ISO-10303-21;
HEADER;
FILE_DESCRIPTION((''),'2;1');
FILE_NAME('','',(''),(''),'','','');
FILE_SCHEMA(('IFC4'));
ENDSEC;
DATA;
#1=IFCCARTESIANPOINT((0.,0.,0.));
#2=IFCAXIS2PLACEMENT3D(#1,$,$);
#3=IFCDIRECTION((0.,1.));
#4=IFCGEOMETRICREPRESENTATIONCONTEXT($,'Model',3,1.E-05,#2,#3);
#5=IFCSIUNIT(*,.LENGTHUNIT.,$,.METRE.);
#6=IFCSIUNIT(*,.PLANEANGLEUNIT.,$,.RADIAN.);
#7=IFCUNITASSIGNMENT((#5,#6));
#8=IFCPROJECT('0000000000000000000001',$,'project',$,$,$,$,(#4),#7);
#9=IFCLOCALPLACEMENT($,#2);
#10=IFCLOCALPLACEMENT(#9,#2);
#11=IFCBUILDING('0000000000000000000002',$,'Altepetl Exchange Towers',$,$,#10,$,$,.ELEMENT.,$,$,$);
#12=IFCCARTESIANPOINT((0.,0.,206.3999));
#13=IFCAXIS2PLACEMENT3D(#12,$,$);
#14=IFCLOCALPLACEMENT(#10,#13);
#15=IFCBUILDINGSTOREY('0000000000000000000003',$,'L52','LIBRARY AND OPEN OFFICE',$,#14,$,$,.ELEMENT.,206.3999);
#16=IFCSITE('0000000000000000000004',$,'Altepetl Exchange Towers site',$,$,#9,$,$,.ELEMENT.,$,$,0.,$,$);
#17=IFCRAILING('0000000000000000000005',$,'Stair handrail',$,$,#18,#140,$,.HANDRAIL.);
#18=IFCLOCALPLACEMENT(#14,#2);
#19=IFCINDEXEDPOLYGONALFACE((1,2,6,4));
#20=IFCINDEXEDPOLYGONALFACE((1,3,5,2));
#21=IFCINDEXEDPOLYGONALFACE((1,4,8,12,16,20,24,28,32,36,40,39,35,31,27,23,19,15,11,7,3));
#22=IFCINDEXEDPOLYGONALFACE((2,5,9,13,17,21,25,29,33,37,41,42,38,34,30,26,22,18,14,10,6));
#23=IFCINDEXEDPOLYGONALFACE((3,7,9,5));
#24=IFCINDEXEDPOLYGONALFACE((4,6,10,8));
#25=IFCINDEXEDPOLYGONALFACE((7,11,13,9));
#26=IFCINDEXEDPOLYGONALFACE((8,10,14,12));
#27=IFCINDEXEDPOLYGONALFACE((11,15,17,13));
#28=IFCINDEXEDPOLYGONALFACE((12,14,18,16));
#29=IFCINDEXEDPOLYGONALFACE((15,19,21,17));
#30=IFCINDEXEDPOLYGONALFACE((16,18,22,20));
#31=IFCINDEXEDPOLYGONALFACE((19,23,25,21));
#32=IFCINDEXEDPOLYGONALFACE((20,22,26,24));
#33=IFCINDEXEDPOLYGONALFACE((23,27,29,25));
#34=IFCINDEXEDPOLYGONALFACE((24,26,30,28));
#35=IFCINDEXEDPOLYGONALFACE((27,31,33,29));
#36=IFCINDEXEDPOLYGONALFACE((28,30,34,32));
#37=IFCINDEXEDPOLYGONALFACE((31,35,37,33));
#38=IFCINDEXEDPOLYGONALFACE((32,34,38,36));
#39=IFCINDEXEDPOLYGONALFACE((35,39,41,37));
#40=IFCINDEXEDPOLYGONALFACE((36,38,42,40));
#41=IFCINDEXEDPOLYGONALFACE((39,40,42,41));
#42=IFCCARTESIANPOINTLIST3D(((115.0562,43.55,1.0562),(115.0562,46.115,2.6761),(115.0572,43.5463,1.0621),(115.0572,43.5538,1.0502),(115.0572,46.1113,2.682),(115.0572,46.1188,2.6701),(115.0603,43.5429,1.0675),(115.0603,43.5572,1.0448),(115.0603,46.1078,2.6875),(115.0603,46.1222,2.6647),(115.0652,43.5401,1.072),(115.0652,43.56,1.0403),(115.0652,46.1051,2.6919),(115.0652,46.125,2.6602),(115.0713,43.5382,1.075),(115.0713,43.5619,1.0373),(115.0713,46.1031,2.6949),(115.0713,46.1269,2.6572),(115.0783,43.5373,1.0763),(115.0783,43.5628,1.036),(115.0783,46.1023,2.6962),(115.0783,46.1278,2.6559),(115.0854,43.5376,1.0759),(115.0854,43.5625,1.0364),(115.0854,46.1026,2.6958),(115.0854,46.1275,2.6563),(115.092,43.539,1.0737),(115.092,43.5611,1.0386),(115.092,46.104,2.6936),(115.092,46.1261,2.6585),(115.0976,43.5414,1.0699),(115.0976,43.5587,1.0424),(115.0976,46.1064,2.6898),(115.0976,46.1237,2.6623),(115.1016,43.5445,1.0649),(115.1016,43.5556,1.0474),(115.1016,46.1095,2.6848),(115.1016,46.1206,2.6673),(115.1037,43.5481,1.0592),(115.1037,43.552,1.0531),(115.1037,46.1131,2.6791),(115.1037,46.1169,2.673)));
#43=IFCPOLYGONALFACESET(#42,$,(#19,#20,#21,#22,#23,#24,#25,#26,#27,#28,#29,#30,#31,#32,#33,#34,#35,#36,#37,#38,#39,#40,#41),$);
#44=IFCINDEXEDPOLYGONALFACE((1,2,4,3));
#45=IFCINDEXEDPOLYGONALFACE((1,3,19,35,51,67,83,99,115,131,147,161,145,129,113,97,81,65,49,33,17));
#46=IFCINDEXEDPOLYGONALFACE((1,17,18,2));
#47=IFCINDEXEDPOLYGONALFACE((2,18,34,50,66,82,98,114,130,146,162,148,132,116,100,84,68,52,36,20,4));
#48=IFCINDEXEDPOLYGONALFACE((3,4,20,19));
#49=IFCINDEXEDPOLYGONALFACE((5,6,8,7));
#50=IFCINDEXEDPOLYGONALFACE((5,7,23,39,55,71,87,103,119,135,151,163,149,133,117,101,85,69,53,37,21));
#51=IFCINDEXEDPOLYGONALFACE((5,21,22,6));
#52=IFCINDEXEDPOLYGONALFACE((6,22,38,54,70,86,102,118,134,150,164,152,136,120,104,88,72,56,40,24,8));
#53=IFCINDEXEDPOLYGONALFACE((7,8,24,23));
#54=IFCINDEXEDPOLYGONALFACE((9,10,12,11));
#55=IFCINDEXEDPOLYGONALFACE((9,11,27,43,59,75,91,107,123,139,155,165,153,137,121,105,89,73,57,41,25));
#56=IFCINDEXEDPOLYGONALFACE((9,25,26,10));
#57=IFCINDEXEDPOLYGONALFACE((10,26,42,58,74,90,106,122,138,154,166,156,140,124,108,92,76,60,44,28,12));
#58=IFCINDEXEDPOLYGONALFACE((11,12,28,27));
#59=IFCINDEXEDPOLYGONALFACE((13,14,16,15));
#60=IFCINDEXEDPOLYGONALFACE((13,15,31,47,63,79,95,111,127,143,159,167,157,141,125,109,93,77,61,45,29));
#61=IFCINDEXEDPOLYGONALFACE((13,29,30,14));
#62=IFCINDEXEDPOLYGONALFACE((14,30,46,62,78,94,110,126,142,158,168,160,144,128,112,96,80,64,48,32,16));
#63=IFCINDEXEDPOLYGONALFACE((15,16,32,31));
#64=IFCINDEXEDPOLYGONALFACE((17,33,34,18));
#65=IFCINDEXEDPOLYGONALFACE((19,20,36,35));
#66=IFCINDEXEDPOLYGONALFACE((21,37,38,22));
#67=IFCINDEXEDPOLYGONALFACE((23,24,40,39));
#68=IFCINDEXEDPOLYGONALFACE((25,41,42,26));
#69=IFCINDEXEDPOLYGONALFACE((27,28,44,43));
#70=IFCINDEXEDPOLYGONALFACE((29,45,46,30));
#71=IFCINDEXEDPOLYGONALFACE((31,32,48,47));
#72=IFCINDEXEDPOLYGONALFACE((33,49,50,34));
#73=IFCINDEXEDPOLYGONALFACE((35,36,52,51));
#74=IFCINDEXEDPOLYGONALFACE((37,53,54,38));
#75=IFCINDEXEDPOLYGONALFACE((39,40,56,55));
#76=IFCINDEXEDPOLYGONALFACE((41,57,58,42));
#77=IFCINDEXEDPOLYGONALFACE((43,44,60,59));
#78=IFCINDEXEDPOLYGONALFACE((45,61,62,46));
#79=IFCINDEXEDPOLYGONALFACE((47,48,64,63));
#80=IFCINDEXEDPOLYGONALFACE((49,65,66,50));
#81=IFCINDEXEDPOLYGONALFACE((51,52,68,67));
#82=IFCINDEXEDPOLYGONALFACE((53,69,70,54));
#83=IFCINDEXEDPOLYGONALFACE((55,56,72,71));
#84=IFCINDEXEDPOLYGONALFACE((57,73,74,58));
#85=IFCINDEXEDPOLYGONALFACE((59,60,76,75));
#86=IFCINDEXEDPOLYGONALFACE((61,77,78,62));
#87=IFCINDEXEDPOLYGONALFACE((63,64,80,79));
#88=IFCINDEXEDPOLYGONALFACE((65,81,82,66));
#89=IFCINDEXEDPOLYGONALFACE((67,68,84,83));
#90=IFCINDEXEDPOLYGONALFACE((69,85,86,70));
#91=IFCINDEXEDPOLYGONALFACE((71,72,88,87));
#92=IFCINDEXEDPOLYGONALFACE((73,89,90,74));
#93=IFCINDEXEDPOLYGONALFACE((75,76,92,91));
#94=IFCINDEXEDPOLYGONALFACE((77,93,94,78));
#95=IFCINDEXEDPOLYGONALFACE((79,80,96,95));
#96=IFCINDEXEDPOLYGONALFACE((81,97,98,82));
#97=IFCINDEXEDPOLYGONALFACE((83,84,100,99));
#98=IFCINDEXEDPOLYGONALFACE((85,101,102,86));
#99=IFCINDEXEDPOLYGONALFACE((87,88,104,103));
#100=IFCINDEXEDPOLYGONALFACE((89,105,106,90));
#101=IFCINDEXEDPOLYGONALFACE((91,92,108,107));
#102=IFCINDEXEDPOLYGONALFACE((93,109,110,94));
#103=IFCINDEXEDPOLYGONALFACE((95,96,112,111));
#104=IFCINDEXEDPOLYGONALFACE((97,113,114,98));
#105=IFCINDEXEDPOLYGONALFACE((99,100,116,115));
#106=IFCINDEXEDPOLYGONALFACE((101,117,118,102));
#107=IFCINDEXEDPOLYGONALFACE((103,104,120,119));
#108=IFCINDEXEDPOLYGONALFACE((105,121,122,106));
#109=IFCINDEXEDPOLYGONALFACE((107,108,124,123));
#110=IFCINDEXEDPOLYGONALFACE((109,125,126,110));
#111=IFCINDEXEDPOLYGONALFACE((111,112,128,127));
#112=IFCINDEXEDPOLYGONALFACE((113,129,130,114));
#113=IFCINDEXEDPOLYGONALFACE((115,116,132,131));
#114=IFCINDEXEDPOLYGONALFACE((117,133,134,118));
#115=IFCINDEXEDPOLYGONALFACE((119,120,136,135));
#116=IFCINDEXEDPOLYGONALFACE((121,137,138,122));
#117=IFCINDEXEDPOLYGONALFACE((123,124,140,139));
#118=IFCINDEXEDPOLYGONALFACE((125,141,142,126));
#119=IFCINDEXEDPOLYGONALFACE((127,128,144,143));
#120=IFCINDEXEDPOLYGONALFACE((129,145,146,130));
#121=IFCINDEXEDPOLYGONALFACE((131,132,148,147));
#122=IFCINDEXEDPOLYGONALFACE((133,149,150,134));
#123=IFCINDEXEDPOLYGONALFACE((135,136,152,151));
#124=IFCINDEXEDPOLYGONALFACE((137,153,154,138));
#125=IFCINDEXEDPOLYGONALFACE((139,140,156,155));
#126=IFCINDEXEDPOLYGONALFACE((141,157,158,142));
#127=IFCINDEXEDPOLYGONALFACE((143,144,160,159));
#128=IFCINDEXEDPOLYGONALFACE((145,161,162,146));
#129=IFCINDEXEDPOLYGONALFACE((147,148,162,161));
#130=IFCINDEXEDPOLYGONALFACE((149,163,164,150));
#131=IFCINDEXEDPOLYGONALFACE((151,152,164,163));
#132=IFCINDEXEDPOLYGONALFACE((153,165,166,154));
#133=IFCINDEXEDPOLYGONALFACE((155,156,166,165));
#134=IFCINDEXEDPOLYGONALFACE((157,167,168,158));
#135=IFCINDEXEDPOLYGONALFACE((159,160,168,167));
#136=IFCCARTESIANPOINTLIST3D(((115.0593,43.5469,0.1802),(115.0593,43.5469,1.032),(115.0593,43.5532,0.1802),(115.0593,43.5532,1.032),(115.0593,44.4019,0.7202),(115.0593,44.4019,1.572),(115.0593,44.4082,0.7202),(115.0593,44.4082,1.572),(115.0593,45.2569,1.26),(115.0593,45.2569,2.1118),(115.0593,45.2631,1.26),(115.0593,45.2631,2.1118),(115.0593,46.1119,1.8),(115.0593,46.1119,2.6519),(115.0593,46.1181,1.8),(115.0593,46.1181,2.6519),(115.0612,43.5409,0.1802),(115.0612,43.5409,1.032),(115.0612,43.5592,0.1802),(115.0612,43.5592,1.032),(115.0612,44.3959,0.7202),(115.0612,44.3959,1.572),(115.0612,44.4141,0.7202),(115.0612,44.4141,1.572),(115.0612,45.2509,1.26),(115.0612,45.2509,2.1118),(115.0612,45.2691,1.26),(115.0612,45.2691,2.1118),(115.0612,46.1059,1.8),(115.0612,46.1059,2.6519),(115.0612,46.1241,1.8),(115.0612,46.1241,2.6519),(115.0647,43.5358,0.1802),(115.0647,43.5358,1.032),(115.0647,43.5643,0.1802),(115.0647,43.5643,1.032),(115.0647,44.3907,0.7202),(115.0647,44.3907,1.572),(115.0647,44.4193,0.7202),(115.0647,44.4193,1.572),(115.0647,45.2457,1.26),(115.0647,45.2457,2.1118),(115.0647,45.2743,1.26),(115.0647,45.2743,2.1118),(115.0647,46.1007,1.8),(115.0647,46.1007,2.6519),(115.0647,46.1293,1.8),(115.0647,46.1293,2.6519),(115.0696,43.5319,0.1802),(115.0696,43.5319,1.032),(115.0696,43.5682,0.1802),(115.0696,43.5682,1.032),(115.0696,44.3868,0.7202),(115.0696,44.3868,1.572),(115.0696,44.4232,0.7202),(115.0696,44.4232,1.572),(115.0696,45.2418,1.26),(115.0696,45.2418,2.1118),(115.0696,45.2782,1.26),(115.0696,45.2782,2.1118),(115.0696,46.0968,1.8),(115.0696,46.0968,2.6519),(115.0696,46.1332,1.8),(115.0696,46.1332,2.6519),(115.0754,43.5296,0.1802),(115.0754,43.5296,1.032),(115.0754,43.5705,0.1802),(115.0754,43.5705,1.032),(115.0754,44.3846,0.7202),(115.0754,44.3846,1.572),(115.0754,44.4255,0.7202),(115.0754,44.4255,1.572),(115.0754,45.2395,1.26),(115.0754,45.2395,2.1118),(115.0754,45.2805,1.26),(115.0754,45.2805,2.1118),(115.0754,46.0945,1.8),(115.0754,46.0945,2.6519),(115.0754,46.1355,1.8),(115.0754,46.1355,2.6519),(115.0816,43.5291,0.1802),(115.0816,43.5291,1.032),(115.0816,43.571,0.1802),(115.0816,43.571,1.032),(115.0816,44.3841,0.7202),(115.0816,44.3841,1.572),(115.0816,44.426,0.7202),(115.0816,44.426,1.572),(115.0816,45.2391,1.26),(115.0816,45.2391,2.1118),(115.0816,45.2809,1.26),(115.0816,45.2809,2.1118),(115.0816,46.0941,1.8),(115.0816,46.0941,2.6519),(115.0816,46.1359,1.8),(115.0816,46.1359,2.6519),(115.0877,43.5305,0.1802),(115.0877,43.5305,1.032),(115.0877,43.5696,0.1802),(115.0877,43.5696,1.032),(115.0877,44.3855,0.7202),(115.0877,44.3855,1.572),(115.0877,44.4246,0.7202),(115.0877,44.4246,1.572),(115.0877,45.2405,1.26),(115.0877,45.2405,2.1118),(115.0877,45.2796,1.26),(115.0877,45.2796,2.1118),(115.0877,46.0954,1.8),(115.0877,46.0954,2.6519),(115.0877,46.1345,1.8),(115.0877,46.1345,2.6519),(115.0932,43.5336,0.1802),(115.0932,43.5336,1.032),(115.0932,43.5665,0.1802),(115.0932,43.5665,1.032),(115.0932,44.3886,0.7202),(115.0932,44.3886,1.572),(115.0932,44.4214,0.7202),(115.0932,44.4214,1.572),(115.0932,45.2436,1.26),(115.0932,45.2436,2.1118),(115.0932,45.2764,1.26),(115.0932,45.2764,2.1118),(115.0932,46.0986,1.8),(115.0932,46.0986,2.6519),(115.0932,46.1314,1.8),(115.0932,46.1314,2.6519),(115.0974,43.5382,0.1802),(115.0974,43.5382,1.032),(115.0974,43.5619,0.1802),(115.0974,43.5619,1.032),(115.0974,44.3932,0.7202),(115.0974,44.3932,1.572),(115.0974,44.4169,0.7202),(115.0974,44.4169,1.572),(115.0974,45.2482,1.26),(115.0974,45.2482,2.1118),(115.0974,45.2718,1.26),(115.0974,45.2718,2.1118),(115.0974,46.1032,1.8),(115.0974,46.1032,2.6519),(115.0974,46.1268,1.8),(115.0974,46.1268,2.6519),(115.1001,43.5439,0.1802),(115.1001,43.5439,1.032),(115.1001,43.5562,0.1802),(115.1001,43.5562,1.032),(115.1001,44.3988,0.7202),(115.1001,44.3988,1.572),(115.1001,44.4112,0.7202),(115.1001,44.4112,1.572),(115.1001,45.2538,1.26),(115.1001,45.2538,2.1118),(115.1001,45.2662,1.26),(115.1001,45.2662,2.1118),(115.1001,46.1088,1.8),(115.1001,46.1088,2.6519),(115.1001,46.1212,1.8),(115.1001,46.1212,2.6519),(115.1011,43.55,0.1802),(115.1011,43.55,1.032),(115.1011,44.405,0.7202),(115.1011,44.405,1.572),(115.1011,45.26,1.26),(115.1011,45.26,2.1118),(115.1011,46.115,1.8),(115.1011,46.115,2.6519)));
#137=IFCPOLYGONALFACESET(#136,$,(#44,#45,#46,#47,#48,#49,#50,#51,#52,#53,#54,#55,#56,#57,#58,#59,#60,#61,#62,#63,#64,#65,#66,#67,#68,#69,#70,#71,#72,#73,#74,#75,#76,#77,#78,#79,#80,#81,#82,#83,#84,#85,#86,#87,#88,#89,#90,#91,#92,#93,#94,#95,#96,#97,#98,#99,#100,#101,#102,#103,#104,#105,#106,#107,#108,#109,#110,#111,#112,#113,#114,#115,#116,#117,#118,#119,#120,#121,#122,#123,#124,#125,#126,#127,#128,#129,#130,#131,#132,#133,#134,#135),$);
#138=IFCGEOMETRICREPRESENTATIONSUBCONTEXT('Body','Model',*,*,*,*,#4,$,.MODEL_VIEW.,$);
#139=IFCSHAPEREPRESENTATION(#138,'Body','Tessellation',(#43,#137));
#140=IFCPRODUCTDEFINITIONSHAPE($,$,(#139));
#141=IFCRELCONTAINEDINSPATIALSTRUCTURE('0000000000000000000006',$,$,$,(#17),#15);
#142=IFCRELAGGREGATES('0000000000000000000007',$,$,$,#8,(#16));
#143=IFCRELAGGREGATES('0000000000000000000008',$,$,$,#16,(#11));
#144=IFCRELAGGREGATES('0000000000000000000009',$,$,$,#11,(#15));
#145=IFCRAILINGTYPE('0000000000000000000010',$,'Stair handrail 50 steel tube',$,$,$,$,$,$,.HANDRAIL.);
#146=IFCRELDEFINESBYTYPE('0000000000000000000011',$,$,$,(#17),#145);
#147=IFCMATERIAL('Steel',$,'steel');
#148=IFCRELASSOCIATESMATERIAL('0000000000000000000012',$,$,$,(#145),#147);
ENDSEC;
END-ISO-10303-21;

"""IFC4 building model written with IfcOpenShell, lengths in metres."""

from ifc_helpers import new_model, si_unit, direction, frame, origin, origin_2d, place, context, subcontext, project, spatial, circle, extrude, source, transform, mapped, material, type_object, element, save


model = new_model("IFC4")

# Units and contexts
model_context = context("Model", 3, precision=1e-05, world=origin(), true_north=direction((0.0, 1.0)))
body_context = subcontext(model_context, "Body", "Model", "MODEL_VIEW")
ifc_project = project(units=[si_unit("LENGTHUNIT", "METRE"), si_unit("PLANEANGLEUNIT", "RADIAN")], contexts=[model_context])

# Site, building, storey
site_placement = place(None, origin())
site = spatial("IfcSite", under=ifc_project, at=site_placement, Name="Altepetl Exchange Towers site", CompositionType="ELEMENT", RefElevation=0.0)
building_placement = place(site_placement, origin())
building = spatial("IfcBuilding", under=site, at=building_placement, Name="Altepetl Exchange Towers", CompositionType="ELEMENT")
storey_placement = place(building_placement, frame((0.0, 0.0, 206.3999)))
storey = spatial("IfcBuildingStorey", under=building, at=storey_placement, Name="L52", Description="LIBRARY AND OPEN OFFICE", CompositionType="ELEMENT", Elevation=206.3999)

# Railing
ifc_material_1 = material(Name="Steel", Category="steel")
railing_type = type_object("IfcRailingType", Name="Stair handrail 50 steel tube", PredefinedType="HANDRAIL", material=ifc_material_1)
shared_shape = source(origin(), body_context, "Body", "SweptSolid", [
    extrude(circle(Radius=0.021, at=origin_2d()), origin(), (0.0, 0.0, 1.0), 0.8518),
])
railing_1_placement = place(storey_placement, frame((115.0801, 43.55, 0.1802)))
element("IfcRailing", 1, at=railing_1_placement, inside=storey, type_object=railing_type, Name="Stair handrail", PredefinedType="HANDRAIL", context=body_context, shape_type="SweptSolid", body=[
    extrude(circle(Radius=0.0239, at=origin_2d()), frame((0.0, 0.0, 0.876), z_axis=(0.0, 0.845502, 0.533972), x_axis=(-1.0, 0.0, 0.0)), (0.0, 0.0, 1.0), 3.0337),
    mapped(shared_shape, transform((0.0, 0.0, 0.0))),
    mapped(shared_shape, transform((0.0, 0.855, 0.54))),
    mapped(shared_shape, transform((0.0, 1.71, 1.0798))),
    mapped(shared_shape, transform((0.0, 2.5649, 1.6199))),
])

save(model, "model.ifc")
